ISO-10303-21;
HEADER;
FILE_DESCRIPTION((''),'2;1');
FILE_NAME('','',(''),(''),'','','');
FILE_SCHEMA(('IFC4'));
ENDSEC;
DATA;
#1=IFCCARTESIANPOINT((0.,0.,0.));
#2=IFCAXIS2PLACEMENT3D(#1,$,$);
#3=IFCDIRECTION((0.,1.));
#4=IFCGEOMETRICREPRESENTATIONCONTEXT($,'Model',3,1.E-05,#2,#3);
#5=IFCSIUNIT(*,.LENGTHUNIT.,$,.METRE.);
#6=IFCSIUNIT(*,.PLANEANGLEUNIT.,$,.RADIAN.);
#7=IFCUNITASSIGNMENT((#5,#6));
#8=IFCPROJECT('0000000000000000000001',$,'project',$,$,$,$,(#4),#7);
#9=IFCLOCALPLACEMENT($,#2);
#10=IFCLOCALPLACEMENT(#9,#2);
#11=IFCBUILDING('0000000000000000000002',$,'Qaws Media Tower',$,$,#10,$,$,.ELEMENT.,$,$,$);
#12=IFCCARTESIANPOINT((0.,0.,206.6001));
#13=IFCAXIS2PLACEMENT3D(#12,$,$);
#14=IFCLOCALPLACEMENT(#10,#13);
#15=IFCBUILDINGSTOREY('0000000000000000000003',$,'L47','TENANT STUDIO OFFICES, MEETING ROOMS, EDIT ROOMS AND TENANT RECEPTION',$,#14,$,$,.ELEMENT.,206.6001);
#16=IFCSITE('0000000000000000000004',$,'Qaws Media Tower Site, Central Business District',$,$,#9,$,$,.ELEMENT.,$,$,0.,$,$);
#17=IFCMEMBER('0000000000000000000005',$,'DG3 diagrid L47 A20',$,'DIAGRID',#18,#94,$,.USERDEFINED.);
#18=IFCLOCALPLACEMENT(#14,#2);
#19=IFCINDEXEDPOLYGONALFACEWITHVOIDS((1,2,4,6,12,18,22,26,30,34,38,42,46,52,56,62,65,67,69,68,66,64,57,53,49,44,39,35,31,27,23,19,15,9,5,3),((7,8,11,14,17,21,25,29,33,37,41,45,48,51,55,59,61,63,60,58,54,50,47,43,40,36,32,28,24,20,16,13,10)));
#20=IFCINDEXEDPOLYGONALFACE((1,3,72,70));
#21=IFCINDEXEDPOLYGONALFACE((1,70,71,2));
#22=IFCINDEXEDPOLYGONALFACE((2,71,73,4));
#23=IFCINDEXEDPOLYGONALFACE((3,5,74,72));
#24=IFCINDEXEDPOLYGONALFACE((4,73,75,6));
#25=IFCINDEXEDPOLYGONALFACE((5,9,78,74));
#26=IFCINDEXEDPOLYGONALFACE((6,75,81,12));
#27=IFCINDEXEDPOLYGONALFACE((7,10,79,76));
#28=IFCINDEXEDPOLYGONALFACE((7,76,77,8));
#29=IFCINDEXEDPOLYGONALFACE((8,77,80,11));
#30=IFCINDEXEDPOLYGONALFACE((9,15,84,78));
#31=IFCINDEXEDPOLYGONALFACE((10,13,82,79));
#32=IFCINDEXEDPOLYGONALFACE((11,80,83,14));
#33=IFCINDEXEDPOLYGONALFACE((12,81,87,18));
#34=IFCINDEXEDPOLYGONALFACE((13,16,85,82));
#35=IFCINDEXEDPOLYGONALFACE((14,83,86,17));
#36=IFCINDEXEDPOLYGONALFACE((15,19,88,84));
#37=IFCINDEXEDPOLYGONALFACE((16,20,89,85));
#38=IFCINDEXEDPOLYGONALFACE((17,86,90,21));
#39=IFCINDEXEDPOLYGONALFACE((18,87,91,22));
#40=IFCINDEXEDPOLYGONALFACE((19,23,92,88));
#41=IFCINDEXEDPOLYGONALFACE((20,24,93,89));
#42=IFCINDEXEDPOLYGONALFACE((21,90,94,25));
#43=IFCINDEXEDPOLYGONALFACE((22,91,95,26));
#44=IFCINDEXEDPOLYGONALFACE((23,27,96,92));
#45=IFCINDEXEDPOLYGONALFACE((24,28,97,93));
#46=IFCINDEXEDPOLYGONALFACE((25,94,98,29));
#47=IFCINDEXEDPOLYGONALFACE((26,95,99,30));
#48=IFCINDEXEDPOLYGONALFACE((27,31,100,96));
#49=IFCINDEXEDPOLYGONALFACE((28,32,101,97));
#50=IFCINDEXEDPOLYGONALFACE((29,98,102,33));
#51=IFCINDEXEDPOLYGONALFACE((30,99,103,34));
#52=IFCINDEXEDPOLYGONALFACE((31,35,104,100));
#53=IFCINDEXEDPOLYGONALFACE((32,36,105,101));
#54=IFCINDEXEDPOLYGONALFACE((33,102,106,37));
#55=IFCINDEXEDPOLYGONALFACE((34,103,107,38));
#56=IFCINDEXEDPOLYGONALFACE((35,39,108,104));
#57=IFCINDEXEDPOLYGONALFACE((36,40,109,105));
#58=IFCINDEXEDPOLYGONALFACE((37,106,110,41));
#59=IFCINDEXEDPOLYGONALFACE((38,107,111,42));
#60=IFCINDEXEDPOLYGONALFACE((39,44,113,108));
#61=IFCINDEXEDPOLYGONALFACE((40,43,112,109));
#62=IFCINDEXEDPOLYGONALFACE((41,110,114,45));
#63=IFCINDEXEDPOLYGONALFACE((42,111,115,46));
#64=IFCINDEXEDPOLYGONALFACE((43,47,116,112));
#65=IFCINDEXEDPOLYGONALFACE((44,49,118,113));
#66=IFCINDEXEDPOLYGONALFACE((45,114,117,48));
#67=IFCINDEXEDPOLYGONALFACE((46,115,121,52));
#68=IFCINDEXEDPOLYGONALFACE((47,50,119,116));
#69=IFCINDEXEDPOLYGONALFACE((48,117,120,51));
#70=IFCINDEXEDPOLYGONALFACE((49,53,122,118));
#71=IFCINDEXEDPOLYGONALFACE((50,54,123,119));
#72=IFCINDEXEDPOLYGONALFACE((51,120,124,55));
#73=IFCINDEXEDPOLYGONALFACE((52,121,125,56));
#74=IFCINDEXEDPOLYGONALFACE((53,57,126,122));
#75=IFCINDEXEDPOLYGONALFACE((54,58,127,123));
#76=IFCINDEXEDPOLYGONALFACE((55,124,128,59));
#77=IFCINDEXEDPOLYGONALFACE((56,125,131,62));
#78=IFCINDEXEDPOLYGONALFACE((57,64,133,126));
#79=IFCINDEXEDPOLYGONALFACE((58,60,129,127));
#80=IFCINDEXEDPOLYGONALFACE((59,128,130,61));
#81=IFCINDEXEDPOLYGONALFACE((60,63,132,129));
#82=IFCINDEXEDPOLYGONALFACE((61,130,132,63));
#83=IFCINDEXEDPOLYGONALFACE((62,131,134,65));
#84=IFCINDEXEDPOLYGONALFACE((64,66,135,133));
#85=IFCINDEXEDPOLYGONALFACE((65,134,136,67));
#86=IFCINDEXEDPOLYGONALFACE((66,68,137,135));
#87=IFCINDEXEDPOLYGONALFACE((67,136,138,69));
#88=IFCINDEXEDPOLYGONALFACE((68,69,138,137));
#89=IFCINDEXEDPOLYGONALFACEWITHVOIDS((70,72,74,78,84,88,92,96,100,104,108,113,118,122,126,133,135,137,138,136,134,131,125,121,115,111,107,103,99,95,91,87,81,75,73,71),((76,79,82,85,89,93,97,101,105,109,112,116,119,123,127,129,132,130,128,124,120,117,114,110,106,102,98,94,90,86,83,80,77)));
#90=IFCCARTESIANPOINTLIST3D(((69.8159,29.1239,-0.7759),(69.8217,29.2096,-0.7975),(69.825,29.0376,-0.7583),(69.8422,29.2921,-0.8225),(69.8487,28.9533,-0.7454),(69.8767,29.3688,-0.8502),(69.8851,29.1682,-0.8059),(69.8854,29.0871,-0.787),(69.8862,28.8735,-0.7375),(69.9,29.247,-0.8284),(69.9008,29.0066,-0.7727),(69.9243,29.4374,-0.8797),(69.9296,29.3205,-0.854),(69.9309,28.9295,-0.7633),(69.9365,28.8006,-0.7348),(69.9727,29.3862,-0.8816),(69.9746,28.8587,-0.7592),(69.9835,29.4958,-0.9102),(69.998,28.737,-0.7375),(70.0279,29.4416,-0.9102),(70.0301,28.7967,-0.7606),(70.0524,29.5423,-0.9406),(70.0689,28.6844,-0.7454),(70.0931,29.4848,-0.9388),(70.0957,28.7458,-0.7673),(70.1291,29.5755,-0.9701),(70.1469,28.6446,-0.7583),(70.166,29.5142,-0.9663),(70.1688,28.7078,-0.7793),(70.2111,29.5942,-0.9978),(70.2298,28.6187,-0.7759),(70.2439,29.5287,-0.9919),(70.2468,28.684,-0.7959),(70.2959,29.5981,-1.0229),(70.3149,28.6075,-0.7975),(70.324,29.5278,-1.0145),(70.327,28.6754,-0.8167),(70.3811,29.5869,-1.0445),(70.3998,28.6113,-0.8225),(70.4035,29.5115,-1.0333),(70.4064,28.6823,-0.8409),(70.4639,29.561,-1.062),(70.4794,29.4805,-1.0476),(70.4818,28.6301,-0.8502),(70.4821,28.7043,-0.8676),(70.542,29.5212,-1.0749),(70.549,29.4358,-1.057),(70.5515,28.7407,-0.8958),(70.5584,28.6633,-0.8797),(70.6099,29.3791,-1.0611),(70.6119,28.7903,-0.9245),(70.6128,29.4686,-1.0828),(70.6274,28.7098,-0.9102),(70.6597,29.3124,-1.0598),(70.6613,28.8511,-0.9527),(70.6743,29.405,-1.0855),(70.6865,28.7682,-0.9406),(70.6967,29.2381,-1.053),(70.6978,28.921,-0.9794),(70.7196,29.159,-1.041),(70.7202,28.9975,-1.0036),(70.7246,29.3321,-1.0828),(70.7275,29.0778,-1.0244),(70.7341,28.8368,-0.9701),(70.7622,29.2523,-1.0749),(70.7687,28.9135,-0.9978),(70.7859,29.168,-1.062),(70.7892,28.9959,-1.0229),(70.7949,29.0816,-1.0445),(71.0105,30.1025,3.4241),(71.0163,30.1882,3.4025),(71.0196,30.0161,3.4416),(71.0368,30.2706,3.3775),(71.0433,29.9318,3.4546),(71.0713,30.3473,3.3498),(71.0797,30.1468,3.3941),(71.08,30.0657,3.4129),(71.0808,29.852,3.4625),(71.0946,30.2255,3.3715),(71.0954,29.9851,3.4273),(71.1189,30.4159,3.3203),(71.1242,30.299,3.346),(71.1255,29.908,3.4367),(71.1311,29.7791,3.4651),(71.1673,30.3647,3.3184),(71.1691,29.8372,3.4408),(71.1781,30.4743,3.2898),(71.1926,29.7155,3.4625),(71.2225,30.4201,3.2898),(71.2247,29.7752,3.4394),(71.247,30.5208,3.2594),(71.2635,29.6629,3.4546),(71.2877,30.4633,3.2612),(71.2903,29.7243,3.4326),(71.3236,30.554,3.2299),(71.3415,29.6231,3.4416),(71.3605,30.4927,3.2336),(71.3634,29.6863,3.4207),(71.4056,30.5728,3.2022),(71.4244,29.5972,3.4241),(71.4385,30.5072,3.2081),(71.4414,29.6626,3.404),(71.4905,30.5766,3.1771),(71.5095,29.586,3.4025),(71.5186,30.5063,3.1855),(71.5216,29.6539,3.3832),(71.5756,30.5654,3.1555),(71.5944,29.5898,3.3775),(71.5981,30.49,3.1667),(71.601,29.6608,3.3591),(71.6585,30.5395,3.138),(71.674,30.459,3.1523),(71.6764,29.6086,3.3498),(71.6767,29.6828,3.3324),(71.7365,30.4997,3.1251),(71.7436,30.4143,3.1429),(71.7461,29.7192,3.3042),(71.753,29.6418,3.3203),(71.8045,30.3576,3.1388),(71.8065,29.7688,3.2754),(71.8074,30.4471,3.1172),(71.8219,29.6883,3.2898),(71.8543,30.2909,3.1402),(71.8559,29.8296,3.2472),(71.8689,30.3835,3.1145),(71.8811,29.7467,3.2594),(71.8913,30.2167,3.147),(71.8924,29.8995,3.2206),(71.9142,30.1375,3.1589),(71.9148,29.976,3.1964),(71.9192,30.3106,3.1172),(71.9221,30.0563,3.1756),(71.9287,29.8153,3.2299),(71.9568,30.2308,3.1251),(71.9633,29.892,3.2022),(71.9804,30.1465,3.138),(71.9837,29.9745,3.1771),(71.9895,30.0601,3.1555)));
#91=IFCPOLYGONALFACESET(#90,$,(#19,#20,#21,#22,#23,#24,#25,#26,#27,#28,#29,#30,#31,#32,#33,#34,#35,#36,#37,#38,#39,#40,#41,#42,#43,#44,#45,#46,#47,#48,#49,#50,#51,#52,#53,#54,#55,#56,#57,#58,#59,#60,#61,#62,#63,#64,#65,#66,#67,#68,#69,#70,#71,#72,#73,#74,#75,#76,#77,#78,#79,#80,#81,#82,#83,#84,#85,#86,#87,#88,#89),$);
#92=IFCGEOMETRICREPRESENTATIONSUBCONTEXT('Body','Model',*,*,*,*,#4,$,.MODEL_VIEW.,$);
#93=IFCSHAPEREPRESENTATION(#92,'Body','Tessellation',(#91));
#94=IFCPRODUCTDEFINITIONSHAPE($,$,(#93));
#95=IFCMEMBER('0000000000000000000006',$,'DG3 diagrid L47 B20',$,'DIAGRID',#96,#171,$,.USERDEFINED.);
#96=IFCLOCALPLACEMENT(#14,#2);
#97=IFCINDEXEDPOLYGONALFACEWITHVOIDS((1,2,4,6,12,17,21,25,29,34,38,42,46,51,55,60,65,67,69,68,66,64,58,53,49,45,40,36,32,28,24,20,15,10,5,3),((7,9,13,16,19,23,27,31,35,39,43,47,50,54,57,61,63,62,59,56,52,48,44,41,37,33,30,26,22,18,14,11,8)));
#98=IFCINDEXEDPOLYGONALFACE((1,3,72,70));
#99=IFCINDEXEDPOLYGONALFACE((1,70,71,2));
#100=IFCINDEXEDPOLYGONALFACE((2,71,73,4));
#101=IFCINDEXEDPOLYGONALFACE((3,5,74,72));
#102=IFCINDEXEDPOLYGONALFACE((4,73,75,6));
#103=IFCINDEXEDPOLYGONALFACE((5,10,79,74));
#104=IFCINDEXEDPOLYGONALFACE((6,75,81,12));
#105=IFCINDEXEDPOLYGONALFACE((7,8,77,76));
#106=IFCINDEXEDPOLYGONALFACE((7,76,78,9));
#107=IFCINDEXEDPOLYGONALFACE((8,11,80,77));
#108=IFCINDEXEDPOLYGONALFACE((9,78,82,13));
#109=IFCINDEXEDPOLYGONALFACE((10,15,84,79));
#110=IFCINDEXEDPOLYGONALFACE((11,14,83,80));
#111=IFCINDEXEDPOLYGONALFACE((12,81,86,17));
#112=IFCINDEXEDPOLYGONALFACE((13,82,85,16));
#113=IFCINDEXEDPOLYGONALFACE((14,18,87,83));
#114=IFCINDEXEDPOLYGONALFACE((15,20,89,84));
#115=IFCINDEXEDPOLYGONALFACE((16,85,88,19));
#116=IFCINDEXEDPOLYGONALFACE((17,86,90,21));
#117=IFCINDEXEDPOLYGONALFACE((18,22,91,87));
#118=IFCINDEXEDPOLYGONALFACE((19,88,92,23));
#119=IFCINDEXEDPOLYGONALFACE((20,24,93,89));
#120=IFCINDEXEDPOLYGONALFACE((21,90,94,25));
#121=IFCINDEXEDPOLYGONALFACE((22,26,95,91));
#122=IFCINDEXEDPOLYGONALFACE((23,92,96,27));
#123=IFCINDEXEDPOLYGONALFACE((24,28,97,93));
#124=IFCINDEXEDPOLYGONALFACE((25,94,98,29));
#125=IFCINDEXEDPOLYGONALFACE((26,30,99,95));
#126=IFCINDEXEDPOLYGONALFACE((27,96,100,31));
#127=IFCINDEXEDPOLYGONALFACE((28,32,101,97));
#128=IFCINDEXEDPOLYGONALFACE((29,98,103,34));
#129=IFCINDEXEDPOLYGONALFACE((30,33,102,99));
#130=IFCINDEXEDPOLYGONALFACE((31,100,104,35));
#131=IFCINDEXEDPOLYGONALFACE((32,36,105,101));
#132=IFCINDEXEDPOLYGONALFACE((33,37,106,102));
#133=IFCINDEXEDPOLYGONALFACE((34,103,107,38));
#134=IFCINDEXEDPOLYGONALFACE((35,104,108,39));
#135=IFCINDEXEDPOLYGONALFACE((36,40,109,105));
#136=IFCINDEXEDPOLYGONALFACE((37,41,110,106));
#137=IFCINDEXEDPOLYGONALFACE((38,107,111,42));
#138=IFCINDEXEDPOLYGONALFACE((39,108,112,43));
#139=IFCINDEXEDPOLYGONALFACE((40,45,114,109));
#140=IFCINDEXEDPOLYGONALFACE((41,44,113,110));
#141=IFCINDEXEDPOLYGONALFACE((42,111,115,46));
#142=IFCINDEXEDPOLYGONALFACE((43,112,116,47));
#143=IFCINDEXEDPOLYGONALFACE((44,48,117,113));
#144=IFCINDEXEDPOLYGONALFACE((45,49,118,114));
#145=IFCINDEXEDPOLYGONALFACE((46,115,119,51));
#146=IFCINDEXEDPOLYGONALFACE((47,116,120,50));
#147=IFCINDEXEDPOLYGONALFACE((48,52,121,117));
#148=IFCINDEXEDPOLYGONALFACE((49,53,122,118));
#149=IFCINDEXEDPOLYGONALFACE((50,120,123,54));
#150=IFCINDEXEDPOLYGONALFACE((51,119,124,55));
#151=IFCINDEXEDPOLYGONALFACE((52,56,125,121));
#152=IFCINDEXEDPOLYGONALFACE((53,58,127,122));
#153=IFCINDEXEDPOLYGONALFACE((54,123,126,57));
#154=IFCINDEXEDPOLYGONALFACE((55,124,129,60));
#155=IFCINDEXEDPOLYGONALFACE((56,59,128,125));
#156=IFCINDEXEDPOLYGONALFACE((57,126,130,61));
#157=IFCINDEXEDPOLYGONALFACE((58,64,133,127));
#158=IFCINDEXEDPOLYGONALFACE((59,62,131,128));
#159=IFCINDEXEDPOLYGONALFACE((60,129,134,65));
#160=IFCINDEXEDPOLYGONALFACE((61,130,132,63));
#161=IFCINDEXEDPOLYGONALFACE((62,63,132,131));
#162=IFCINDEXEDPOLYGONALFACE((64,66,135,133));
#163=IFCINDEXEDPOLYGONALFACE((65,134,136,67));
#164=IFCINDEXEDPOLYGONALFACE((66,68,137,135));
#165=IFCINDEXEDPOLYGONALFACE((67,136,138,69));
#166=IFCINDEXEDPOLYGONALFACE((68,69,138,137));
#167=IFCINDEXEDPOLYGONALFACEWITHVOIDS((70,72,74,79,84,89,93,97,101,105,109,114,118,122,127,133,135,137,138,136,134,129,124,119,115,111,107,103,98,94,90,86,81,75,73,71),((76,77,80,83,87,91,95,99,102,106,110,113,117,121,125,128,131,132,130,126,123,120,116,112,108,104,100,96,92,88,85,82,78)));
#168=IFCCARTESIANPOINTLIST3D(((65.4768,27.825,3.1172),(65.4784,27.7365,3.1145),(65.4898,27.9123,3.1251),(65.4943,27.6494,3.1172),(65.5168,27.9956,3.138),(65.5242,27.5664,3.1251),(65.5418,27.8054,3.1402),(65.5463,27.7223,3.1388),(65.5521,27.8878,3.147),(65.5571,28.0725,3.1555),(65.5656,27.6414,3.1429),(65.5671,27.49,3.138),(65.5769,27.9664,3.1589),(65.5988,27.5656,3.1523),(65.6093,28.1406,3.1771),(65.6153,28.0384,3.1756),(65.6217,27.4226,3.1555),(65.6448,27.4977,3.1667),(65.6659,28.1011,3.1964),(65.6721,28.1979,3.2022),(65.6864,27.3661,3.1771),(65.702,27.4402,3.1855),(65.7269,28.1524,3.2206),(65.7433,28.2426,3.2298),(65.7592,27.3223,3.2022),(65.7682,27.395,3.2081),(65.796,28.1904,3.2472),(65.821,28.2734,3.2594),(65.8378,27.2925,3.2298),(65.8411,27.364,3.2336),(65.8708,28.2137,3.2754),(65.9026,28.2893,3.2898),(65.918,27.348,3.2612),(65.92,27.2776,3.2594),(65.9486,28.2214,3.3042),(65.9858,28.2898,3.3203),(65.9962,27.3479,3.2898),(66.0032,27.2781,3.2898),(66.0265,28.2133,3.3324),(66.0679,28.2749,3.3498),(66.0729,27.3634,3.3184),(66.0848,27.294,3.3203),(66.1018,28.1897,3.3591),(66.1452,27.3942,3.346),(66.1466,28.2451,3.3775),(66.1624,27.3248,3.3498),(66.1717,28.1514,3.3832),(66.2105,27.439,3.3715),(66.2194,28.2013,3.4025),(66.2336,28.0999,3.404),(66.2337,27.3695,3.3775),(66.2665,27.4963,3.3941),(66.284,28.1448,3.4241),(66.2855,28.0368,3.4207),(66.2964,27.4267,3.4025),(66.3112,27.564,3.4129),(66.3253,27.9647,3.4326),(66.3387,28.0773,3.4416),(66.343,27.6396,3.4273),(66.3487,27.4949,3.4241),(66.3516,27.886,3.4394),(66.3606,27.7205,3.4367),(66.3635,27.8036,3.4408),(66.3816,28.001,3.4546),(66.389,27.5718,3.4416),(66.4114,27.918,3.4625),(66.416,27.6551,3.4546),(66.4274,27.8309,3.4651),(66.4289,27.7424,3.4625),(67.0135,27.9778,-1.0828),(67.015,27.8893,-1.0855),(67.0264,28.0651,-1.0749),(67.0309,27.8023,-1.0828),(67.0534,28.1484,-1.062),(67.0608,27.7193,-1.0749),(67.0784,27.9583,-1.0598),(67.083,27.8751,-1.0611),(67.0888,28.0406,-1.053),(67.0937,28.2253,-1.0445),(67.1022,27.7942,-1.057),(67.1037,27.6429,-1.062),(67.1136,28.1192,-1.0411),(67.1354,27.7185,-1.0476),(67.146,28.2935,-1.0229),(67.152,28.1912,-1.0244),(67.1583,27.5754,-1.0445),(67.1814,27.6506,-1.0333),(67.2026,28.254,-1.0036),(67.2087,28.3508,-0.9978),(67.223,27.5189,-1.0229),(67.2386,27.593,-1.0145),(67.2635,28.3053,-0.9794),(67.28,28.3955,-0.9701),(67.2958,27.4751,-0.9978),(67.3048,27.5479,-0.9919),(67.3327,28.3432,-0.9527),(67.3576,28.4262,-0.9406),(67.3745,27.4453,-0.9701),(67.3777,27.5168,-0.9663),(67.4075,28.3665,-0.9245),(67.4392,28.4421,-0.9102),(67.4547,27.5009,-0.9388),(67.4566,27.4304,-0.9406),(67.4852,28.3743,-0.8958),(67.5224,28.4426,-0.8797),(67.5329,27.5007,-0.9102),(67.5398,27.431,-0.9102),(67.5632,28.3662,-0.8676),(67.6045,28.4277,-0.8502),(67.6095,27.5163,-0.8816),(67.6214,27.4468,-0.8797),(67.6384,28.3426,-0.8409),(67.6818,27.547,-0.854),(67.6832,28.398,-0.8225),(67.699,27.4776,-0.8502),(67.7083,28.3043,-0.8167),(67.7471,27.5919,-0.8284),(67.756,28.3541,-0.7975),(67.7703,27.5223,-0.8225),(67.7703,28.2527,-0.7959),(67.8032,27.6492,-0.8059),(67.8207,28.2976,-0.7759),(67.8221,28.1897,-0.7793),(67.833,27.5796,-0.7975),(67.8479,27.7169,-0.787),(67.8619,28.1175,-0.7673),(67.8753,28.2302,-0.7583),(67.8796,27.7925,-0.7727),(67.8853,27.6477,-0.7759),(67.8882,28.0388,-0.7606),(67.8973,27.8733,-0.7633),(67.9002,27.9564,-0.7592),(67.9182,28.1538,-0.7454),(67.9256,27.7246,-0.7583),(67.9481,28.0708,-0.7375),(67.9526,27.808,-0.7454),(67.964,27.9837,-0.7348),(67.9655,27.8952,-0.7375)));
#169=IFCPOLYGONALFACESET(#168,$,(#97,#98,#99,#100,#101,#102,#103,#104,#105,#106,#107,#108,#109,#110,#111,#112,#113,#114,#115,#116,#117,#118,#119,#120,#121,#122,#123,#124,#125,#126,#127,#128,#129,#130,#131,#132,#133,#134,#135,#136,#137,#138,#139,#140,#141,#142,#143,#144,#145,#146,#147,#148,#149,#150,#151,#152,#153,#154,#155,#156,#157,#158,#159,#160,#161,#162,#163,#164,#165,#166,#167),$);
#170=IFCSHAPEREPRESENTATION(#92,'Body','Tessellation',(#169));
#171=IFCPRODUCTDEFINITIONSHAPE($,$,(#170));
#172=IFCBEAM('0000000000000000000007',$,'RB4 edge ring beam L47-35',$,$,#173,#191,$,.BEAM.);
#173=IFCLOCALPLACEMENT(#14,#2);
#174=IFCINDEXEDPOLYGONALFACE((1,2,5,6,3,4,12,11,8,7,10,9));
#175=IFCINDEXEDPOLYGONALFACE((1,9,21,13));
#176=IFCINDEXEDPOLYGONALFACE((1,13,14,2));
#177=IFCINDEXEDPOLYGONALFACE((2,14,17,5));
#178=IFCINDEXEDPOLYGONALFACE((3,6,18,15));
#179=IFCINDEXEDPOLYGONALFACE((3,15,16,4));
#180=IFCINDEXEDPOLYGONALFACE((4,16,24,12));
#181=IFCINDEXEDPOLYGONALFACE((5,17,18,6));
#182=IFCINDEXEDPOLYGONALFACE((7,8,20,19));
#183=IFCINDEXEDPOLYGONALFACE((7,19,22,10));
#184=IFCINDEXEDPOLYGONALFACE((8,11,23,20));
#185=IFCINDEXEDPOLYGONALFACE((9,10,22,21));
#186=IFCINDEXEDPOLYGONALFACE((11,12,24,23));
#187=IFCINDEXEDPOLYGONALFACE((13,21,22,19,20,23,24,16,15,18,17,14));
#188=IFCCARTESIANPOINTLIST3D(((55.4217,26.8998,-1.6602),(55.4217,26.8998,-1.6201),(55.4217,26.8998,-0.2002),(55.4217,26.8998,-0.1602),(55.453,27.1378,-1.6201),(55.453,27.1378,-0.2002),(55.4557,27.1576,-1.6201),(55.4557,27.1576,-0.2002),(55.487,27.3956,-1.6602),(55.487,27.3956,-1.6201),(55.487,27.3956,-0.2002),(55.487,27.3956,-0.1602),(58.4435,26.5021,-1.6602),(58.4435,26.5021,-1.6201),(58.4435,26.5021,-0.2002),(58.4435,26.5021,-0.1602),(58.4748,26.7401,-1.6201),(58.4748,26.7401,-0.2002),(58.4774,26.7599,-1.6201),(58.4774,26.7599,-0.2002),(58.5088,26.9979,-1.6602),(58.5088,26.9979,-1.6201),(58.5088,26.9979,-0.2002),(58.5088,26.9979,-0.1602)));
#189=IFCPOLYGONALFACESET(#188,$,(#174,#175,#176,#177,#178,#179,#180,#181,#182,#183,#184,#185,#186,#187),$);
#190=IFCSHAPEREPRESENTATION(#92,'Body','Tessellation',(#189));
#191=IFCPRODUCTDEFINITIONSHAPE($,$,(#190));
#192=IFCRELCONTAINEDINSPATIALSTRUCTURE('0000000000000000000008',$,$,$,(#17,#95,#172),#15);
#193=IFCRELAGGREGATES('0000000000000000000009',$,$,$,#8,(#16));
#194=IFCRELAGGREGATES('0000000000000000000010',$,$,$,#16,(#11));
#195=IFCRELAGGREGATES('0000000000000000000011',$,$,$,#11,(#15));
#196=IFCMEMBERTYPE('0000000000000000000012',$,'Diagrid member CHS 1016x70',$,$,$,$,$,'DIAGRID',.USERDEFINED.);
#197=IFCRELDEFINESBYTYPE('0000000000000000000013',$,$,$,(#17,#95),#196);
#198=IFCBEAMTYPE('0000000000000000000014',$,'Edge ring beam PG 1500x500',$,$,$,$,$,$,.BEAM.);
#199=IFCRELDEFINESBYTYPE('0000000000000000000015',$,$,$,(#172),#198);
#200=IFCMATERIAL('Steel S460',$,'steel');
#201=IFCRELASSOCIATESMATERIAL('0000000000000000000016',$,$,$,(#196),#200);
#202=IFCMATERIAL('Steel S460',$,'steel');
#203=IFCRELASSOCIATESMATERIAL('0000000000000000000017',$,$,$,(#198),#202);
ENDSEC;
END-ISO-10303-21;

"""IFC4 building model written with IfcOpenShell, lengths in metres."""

from ifc_helpers import new_model, si_unit, direction, frame, origin, origin_2d, place, context, subcontext, project, spatial, hollow_circle, i_section, extrude, material, material_profile, profile_set, type_object, element, save


model = new_model("IFC4")

# Units and contexts
model_context = context("Model", 3, precision=1e-05, world=origin(), true_north=direction((0.0, 1.0)))
body_context = subcontext(model_context, "Body", "Model", "MODEL_VIEW")
ifc_project = project(units=[si_unit("LENGTHUNIT", "METRE"), si_unit("PLANEANGLEUNIT", "RADIAN")], contexts=[model_context])

# Site, building, storey
site_placement = place(None, origin())
site = spatial("IfcSite", under=ifc_project, at=site_placement, Name="Qaws Media Tower Site, Central Business District", CompositionType="ELEMENT", RefElevation=0.0)
building_placement = place(site_placement, origin())
building = spatial("IfcBuilding", under=site, at=building_placement, Name="Qaws Media Tower", CompositionType="ELEMENT")
storey_placement = place(building_placement, frame((0.0, 0.0, 206.6001)))
storey = spatial("IfcBuildingStorey", under=building, at=storey_placement, Name="L47", Description="TENANT STUDIO OFFICES, MEETING ROOMS, EDIT ROOMS AND TENANT RECEPTION", CompositionType="ELEMENT", Elevation=206.6001)

# Members
ifc_material_1 = material(Name="Steel S460", Category="steel")
ifc_material_profile_1 = material_profile(ifc_material_1, hollow_circle(Radius=0.5081, WallThickness=0.0701, at=origin_2d()), Name="CHS 1016x70")
ifc_profile_set_1 = profile_set([ifc_material_profile_1], Name="Steel S460")
member_type_1 = type_object("IfcMemberType", Name="Diagrid member CHS 1016x70", ElementType="DIAGRID", PredefinedType="USERDEFINED", material=ifc_profile_set_1)
for number, where, z_axis, x_axis, name in (
    (1, (70.3054, 29.1028, -0.9102), (0.266955, 0.218671, 0.938572), (-0.633677, 0.773598, 0.0), "DG3 diagrid L47 A20"),
    (2, (67.4895, 27.9365, -0.9102), (-0.343392, -0.034154, 0.938571), (0.098971, -0.99509, 0.0), "DG3 diagrid L47 B20"),
):
    element("IfcMember", number, at=place(storey_placement, frame(where, z_axis=z_axis, x_axis=x_axis)), inside=storey, type_object=member_type_1, Name=name, ObjectType="DIAGRID", PredefinedType="USERDEFINED", context=body_context, shape_type="SweptSolid", body=[
        extrude(hollow_circle(Radius=0.5081, WallThickness=0.0701, at=origin_2d()), origin(), (0.0, 0.0, 1.0), 4.4749),
    ])

# Beam
ifc_material_2 = material(Name="Steel S460", Category="steel")
ifc_material_profile_2 = material_profile(ifc_material_2, i_section(OverallWidth=0.5, OverallDepth=1.5, WebThickness=0.02, FlangeThickness=0.04, at=origin_2d()), Name="PG 1500x500")
ifc_profile_set_2 = profile_set([ifc_material_profile_2], Name="Steel S460")
beam_type = type_object("IfcBeamType", Name="Edge ring beam PG 1500x500", PredefinedType="BEAM", material=ifc_profile_set_2)
for number, where, z_axis, x_axis, name in (
    (3, (55.4543, 27.1477, -0.9102), (0.99145, -0.13049, 0.0), (0.13049, 0.99145, 0.0), "RB4 edge ring beam L47-35"),
):
    element("IfcBeam", number, at=place(storey_placement, frame(where, z_axis=z_axis, x_axis=x_axis)), inside=storey, type_object=beam_type, Name=name, PredefinedType="BEAM", context=body_context, shape_type="SweptSolid", body=[
        extrude(i_section(OverallWidth=0.5, OverallDepth=1.5, WebThickness=0.02, FlangeThickness=0.04, at=origin_2d()), origin(), (0.0, 0.0, 1.0), 3.0479),
    ])

save(model, "model.ifc")
